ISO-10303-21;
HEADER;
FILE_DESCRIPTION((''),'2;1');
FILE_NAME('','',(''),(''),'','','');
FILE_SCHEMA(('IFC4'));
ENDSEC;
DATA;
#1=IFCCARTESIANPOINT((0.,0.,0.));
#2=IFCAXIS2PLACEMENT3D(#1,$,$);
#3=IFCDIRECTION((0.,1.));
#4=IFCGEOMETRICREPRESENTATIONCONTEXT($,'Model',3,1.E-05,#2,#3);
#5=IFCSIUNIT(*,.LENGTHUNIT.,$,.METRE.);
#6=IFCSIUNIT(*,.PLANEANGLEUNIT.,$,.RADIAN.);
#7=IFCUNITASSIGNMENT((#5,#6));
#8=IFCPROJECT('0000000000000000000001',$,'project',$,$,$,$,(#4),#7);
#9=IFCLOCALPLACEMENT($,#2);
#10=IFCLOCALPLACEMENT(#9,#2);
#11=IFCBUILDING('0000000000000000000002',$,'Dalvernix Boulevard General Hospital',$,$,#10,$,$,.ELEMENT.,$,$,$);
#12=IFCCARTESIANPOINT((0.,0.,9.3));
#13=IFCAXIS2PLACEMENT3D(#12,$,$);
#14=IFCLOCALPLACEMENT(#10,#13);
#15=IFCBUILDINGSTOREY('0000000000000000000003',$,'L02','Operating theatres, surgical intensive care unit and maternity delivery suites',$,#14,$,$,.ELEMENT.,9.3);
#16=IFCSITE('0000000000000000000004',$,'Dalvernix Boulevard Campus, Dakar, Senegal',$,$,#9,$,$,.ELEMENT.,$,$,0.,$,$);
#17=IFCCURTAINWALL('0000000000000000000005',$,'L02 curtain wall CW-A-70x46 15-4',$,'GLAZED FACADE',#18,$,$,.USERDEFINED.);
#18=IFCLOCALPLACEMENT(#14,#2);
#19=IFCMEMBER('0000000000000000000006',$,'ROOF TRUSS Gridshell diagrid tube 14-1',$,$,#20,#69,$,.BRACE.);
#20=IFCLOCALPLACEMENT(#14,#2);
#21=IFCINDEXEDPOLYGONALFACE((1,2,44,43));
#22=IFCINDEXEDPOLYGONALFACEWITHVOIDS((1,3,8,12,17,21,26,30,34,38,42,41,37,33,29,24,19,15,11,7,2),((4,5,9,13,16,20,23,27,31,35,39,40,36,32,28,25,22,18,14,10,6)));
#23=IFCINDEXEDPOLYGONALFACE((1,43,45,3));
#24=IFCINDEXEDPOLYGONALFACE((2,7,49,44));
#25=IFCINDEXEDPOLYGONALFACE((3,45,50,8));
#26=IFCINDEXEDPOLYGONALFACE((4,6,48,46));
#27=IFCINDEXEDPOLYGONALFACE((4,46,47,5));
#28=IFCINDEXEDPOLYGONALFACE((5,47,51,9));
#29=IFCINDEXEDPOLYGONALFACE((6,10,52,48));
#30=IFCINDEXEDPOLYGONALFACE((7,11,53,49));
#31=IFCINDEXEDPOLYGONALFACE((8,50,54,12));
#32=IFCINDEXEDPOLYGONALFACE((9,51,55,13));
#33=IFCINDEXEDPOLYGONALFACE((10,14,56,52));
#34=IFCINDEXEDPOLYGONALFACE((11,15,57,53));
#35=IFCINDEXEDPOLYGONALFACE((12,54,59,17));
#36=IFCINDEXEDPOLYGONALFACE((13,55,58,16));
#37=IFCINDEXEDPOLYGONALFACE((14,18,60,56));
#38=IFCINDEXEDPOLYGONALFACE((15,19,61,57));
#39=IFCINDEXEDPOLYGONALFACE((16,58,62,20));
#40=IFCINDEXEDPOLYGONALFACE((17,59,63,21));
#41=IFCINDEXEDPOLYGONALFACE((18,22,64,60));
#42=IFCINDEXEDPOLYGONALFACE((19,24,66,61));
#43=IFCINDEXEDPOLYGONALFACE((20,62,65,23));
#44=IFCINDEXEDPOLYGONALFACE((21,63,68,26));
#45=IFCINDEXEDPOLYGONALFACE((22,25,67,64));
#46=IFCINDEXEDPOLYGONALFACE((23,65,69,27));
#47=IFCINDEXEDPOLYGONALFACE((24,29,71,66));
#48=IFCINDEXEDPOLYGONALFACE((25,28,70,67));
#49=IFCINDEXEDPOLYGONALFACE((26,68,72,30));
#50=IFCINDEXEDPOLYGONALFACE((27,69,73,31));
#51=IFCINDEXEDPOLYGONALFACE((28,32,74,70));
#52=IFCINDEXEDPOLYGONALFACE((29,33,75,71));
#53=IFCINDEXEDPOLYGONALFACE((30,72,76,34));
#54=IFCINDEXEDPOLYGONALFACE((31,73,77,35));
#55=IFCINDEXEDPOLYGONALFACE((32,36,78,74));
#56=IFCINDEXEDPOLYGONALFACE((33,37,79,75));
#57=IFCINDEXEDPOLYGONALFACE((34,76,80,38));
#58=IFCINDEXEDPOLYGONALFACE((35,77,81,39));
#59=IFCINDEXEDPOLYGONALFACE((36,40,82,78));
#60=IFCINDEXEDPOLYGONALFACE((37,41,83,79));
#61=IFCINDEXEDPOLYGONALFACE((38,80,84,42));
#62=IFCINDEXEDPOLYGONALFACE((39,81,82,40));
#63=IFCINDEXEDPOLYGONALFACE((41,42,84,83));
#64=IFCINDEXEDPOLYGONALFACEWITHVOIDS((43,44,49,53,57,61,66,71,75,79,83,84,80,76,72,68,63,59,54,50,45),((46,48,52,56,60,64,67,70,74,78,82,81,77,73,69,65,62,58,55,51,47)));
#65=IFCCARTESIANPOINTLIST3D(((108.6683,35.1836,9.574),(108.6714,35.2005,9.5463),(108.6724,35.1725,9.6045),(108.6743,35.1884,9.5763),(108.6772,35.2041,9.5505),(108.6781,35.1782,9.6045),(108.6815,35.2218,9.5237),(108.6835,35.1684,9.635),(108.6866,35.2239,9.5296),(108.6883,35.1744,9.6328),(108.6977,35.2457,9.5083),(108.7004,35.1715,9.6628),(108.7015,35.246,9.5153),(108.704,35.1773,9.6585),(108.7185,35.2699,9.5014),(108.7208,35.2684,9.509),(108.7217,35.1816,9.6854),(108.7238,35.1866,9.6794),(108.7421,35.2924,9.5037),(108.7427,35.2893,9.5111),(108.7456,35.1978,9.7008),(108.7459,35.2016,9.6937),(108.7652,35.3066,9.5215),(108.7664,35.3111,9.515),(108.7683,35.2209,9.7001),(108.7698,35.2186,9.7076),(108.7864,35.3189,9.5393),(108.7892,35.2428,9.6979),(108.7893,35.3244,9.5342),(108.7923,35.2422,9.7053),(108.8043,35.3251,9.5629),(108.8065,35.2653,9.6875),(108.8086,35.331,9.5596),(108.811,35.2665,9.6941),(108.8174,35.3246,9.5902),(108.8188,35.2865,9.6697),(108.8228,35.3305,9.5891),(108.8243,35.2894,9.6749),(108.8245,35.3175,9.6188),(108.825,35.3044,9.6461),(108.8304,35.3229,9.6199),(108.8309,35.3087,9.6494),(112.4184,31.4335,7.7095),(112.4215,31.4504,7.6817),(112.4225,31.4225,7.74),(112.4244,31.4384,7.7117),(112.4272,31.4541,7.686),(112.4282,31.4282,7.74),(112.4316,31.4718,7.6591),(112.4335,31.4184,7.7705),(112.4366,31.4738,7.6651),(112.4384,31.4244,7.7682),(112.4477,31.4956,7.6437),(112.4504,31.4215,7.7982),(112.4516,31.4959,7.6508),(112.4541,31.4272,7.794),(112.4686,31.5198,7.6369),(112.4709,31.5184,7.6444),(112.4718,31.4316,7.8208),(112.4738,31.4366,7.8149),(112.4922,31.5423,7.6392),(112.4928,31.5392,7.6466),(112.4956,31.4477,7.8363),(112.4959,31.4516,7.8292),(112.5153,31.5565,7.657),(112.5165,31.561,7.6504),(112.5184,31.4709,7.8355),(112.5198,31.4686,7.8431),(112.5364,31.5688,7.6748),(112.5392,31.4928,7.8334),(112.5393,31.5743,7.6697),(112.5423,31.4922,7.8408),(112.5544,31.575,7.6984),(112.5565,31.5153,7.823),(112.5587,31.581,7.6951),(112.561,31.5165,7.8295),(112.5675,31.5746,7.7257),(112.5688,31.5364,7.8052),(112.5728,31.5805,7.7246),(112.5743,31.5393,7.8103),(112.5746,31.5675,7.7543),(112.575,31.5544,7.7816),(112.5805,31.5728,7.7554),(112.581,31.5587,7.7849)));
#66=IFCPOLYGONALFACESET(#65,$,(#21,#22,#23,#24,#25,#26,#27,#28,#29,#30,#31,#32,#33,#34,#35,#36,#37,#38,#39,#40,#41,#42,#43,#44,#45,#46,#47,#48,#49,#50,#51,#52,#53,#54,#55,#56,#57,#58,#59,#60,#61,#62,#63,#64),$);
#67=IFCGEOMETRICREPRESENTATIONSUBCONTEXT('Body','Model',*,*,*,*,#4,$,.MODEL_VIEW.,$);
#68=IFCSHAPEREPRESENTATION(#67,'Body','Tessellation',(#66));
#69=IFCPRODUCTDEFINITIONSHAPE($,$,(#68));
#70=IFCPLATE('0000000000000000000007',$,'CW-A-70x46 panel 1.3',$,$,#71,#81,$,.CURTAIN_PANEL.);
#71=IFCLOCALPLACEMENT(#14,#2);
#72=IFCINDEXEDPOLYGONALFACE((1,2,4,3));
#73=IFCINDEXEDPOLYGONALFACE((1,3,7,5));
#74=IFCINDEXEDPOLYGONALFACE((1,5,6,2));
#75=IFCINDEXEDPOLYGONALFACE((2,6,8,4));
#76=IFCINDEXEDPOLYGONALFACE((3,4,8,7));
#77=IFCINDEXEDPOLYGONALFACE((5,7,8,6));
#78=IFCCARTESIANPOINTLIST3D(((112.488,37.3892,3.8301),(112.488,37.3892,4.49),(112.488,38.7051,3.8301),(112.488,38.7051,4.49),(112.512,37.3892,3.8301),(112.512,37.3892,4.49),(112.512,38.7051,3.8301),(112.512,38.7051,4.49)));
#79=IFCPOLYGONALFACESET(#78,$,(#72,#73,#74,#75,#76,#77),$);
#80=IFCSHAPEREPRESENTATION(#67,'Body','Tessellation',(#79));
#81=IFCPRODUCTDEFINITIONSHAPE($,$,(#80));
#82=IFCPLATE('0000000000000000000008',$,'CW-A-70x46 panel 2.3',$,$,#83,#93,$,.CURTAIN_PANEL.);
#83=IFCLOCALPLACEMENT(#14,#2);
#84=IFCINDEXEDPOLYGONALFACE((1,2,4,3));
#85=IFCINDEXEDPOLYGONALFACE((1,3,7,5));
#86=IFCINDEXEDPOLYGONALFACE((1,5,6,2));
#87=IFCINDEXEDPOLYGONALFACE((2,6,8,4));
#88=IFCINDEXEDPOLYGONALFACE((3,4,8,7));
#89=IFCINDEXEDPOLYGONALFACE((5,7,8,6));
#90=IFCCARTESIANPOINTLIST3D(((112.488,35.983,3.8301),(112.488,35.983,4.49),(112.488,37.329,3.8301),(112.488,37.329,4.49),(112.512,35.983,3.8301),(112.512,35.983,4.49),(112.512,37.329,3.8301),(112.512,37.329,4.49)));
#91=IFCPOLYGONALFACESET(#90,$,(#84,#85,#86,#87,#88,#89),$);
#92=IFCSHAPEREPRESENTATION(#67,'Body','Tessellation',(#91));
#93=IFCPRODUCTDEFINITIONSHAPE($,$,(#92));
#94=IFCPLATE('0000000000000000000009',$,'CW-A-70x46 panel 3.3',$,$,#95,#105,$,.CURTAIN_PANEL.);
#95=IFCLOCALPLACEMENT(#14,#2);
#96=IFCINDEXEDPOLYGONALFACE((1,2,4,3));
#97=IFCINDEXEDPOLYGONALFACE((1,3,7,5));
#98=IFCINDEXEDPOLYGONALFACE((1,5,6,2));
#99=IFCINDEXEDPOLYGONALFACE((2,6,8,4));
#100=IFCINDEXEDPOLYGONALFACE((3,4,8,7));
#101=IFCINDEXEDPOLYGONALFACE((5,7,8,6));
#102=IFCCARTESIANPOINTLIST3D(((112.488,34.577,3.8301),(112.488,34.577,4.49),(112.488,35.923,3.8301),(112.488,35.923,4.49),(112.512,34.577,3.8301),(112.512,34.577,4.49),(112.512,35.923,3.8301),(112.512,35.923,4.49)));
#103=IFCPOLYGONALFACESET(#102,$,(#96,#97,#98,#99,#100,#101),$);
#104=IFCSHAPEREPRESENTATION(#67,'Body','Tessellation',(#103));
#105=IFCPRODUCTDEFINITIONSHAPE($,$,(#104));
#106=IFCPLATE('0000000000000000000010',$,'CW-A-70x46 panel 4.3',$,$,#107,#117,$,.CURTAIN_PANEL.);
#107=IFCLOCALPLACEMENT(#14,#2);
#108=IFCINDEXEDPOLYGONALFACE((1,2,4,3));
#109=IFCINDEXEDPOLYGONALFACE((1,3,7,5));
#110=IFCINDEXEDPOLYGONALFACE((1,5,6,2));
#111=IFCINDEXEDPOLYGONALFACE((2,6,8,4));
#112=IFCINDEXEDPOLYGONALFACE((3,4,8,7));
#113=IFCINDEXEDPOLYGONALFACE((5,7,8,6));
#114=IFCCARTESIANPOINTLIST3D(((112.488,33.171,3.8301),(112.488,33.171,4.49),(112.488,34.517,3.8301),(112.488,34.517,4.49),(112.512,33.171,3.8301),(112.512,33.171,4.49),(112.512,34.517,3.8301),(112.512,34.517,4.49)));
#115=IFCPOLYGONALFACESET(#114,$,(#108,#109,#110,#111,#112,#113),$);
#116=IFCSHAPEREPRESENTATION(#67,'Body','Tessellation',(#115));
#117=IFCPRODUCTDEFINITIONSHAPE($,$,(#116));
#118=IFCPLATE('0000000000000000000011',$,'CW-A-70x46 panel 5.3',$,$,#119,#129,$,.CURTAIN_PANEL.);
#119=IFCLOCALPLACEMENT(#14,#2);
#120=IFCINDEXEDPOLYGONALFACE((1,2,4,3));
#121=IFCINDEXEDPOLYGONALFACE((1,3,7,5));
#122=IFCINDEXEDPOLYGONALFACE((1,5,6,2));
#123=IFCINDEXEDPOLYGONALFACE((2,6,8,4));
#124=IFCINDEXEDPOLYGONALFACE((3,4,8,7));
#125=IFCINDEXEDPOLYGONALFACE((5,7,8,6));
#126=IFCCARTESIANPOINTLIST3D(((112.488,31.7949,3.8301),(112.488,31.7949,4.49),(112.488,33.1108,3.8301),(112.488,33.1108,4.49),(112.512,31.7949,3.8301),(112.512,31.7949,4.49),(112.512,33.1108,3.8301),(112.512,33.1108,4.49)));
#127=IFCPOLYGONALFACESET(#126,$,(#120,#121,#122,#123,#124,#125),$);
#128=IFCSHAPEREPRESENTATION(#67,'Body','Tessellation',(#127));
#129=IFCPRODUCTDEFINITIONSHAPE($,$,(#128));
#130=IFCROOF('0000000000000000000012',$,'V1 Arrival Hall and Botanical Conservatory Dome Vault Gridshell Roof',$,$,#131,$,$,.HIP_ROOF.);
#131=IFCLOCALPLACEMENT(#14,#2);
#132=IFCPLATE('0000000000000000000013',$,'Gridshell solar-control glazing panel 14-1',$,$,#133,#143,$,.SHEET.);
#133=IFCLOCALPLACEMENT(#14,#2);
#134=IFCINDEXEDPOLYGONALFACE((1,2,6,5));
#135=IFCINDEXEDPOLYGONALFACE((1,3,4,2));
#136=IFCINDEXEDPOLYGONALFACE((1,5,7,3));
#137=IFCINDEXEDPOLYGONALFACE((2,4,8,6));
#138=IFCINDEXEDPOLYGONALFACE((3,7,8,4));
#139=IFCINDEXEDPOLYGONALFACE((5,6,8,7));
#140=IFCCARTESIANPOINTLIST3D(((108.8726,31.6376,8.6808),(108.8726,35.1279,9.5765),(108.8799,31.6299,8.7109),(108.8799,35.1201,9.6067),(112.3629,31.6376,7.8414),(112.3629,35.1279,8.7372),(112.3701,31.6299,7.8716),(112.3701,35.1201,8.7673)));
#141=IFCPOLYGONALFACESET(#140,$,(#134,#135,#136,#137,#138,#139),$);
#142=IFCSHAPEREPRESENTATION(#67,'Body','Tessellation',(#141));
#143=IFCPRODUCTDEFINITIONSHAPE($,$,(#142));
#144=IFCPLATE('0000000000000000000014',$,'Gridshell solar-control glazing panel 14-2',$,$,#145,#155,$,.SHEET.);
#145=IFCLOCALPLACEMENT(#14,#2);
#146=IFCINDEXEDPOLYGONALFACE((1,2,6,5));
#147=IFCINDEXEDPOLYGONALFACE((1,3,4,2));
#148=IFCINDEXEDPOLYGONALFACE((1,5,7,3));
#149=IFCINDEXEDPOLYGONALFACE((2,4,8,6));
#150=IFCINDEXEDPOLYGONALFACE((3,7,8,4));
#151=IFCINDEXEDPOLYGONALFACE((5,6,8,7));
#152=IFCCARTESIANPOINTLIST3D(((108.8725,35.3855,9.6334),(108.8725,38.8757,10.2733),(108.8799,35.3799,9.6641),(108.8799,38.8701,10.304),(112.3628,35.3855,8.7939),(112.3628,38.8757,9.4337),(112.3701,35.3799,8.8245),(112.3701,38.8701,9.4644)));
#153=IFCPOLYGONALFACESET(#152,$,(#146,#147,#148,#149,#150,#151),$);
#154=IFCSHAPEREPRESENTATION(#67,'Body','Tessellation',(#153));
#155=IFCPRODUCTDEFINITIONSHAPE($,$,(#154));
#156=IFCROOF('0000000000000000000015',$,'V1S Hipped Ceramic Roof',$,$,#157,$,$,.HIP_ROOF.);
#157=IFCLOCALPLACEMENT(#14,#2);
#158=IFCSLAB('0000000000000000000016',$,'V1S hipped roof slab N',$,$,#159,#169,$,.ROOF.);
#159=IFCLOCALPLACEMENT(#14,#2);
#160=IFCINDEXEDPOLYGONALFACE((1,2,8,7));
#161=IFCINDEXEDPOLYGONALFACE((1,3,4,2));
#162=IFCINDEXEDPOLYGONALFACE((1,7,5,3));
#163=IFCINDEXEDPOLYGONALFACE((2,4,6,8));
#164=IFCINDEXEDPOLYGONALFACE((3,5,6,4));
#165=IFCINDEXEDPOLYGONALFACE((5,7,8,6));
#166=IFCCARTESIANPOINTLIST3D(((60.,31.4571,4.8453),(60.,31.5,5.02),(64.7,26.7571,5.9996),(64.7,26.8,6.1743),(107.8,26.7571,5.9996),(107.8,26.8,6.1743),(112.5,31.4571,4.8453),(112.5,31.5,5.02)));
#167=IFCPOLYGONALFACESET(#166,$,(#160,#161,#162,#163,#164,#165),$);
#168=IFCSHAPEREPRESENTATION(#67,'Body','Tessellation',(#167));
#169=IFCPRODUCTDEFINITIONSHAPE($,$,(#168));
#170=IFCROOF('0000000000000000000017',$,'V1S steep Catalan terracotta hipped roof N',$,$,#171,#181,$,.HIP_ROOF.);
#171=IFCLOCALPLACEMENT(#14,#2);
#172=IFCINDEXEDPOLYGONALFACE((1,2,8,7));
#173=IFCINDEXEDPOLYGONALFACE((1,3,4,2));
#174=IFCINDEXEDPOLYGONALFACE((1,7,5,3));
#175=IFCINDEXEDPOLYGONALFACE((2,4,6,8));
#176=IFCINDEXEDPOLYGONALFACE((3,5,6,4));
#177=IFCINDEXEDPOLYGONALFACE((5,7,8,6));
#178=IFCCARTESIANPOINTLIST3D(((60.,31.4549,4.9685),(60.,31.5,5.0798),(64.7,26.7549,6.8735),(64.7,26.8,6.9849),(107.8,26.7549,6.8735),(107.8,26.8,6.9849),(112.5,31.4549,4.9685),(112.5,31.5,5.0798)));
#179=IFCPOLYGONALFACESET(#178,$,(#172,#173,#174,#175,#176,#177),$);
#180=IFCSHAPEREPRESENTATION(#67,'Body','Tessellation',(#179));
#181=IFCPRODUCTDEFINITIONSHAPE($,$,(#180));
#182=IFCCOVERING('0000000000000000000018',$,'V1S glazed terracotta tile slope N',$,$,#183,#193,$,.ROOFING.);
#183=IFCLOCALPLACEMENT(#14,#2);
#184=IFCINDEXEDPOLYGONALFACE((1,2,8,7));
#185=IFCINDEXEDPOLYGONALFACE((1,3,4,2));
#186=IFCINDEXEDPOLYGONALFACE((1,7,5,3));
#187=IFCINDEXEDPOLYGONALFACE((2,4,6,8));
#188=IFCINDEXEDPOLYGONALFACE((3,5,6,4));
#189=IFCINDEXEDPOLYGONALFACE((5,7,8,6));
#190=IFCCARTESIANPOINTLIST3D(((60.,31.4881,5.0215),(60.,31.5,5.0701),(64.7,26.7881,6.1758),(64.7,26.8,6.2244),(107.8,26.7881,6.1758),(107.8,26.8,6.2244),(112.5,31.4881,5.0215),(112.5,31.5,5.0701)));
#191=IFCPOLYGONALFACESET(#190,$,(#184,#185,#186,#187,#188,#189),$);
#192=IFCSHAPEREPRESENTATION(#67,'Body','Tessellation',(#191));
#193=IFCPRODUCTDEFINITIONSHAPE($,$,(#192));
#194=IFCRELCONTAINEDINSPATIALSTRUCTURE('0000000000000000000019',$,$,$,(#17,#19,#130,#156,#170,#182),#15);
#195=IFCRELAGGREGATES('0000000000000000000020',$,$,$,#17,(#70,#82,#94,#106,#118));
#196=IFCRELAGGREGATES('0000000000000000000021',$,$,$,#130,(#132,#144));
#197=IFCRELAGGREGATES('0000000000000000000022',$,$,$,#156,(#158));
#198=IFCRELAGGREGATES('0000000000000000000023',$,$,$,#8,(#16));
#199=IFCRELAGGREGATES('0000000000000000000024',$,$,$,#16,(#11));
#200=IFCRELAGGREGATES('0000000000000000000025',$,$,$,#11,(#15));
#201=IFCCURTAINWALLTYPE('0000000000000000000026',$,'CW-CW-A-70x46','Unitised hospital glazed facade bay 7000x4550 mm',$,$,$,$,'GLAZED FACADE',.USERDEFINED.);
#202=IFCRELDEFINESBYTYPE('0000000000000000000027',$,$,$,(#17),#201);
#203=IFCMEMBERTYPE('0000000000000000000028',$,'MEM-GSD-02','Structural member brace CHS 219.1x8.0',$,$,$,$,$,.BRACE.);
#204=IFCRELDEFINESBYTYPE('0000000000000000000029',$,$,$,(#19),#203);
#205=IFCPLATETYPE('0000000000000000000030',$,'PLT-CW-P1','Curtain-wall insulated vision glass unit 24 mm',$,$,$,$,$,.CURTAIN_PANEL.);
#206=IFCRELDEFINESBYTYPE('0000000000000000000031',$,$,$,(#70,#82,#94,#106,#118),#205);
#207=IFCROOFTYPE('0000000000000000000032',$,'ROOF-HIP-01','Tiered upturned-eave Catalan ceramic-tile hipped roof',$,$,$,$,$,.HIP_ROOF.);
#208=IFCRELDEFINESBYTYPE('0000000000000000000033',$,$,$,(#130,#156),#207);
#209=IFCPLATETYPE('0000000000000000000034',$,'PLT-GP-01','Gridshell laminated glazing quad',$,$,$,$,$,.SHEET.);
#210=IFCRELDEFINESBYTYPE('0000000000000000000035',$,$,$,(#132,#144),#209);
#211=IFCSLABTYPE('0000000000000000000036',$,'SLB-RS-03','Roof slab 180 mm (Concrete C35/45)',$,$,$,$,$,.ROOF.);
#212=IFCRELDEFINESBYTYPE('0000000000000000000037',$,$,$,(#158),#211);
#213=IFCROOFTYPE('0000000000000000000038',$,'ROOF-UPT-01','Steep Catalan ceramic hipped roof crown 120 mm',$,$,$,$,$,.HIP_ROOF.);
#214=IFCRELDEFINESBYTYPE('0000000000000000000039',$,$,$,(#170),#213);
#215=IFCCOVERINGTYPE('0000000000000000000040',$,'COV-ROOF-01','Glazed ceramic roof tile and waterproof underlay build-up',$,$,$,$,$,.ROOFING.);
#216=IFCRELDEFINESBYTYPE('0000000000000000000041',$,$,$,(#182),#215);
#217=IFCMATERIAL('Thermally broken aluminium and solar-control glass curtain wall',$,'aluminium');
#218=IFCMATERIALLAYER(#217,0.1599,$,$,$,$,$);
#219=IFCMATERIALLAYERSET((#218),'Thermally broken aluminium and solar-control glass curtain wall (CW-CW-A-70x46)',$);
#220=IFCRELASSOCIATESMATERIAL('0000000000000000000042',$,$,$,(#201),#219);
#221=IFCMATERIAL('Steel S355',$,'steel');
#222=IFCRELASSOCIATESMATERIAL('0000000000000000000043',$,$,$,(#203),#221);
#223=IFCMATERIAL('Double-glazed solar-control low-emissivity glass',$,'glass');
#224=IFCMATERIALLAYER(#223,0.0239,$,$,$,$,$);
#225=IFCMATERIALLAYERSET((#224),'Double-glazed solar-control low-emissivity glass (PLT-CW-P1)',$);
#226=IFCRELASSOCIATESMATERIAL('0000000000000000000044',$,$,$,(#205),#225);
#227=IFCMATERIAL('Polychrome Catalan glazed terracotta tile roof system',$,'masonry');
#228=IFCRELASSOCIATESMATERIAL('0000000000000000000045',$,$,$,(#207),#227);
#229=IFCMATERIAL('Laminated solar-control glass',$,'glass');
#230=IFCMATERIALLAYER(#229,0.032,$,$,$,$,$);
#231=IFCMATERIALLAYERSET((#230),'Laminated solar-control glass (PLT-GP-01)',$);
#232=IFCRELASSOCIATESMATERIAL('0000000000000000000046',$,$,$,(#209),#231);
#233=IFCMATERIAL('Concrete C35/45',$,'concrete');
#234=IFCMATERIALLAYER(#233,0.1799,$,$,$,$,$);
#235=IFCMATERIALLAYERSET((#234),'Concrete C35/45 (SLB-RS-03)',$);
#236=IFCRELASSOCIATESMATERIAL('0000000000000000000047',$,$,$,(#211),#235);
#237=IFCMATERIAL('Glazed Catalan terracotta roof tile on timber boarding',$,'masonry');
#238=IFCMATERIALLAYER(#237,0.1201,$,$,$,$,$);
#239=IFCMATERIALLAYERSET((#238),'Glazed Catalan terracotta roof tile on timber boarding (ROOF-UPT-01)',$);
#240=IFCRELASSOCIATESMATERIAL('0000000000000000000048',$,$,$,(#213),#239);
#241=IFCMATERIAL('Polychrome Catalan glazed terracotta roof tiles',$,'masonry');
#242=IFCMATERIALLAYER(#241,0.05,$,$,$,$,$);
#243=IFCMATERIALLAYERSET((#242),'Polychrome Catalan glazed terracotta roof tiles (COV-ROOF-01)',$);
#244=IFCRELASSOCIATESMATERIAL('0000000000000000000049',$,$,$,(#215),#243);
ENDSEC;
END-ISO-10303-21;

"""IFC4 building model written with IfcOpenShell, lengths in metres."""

from ifc_helpers import new_model, si_unit, direction, frame, origin, origin_2d, place, context, subcontext, project, spatial, polyline, rectangle, hollow_circle, outline, extrude, material, layer, layer_set, material_profile, profile_set, type_object, element, aggregate, save


model = new_model("IFC4")

# Units and contexts
model_context = context("Model", 3, precision=1e-05, world=origin(), true_north=direction((0.0, 1.0)))
body_context = subcontext(model_context, "Body", "Model", "MODEL_VIEW")
ifc_project = project(units=[si_unit("LENGTHUNIT", "METRE"), si_unit("PLANEANGLEUNIT", "RADIAN")], contexts=[model_context])

# Site, building, storey
site_placement = place(None, origin())
site = spatial("IfcSite", under=ifc_project, at=site_placement, Name="Dalvernix Boulevard Campus, Dakar, Senegal", CompositionType="ELEMENT", RefElevation=0.0)
building_placement = place(site_placement, origin())
building = spatial("IfcBuilding", under=site, at=building_placement, Name="Dalvernix Boulevard General Hospital", CompositionType="ELEMENT")
storey_placement = place(building_placement, frame((0.0, 0.0, 9.3)))
storey = spatial("IfcBuildingStorey", under=building, at=storey_placement, Name="L02", Description="Operating theatres, surgical intensive care unit and maternity delivery suites", CompositionType="ELEMENT", Elevation=9.3)

# Shared definitions
ifc_material_1 = material(Name="Steel S355", Category="steel")

# Curtain wall
ifc_material_2 = material(Name="Thermally broken aluminium and solar-control glass curtain wall", Category="aluminium")
ifc_layer_1 = layer(ifc_material_2, 0.1599)
ifc_layer_set_1 = layer_set([ifc_layer_1], Name="Thermally broken aluminium and solar-control glass curtain wall (CW-CW-A-70x46)")
curtain_wall_type = type_object("IfcCurtainWallType", Name="CW-CW-A-70x46", Description="Unitised hospital glazed facade bay 7000x4550 mm", ElementType="GLAZED FACADE", PredefinedType="USERDEFINED", material=ifc_layer_set_1)
curtain_wall_placement = place(storey_placement, origin())
curtain_wall = element("IfcCurtainWall", 1, at=curtain_wall_placement, inside=storey, type_object=curtain_wall_type, Name="L02 curtain wall CW-A-70x46 15-4", ObjectType="GLAZED FACADE", PredefinedType="USERDEFINED")

# Member
ifc_material_profile_1 = material_profile(ifc_material_1, hollow_circle(Radius=0.1096, WallThickness=0.0081, at=origin_2d()), Name="CHS 219.1x8.0")
ifc_profile_set_1 = profile_set([ifc_material_profile_1], Name="Steel S355")
member_type_1 = type_object("IfcMemberType", Name="MEM-GSD-02", Description="Structural member brace CHS 219.1x8.0", PredefinedType="BRACE", material=ifc_profile_set_1)
member_1_placement = place(storey_placement, frame((112.5, 31.5, 7.74), z_axis=(-0.667081, 0.667081, 0.331673), x_axis=(-0.707107, -0.707107, 0.0)))
element("IfcMember", 2, at=member_1_placement, inside=storey, type_object=member_type_1, Name="ROOF TRUSS Gridshell diagrid tube 14-1", PredefinedType="BRACE", context=body_context, shape_type="SweptSolid", body=[
    extrude(hollow_circle(Radius=0.1096, WallThickness=0.0081, at=origin_2d()), origin(), (0.0, 0.0, 1.0), 5.6216),
])

# Plates
ifc_material_3 = material(Name="Double-glazed solar-control low-emissivity glass", Category="glass")
ifc_layer_2 = layer(ifc_material_3, 0.0239)
ifc_layer_set_2 = layer_set([ifc_layer_2], Name="Double-glazed solar-control low-emissivity glass (PLT-CW-P1)")
plate_type_1 = type_object("IfcPlateType", Name="PLT-CW-P1", Description="Curtain-wall insulated vision glass unit 24 mm", PredefinedType="CURTAIN_PANEL", material=ifc_layer_set_2)
plate_1_placement = place(storey_placement, frame((112.5, 38.0471, 3.8301), z_axis=(0.0, 0.0, 1.0), x_axis=(0.0, -1.0, 0.0)))
plate_1 = element("IfcPlate", 3, at=plate_1_placement, type_object=plate_type_1, Name="CW-A-70x46 panel 1.3", PredefinedType="CURTAIN_PANEL", context=body_context, shape_type="SweptSolid", body=[
    extrude(rectangle(XDim=1.3159, YDim=0.0239, at=origin_2d()), origin(), (0.0, 0.0, 1.0), 0.6599),
])
plate_2_placement = place(storey_placement, frame((112.5, 36.656, 3.8301), z_axis=(0.0, 0.0, 1.0), x_axis=(0.0, -1.0, 0.0)))
plate_2 = element("IfcPlate", 4, at=plate_2_placement, type_object=plate_type_1, Name="CW-A-70x46 panel 2.3", PredefinedType="CURTAIN_PANEL", context=body_context, shape_type="SweptSolid", body=[
    extrude(rectangle(XDim=1.3459, YDim=0.0239, at=origin_2d()), origin(), (0.0, 0.0, 1.0), 0.6599),
])
plate_3_placement = place(storey_placement, frame((112.5, 35.25, 3.8301), z_axis=(0.0, 0.0, 1.0), x_axis=(0.0, -1.0, 0.0)))
plate_3 = element("IfcPlate", 5, at=plate_3_placement, type_object=plate_type_1, Name="CW-A-70x46 panel 3.3", PredefinedType="CURTAIN_PANEL", context=body_context, shape_type="SweptSolid", body=[
    extrude(rectangle(XDim=1.3459, YDim=0.0239, at=origin_2d()), origin(), (0.0, 0.0, 1.0), 0.6599),
])
plate_4_placement = place(storey_placement, frame((112.5, 33.844, 3.8301), z_axis=(0.0, 0.0, 1.0), x_axis=(0.0, -1.0, 0.0)))
plate_4 = element("IfcPlate", 6, at=plate_4_placement, type_object=plate_type_1, Name="CW-A-70x46 panel 4.3", PredefinedType="CURTAIN_PANEL", context=body_context, shape_type="SweptSolid", body=[
    extrude(rectangle(XDim=1.3459, YDim=0.0239, at=origin_2d()), origin(), (0.0, 0.0, 1.0), 0.6599),
])
plate_5_placement = place(storey_placement, frame((112.5, 32.4529, 3.8301), z_axis=(0.0, 0.0, 1.0), x_axis=(0.0, -1.0, 0.0)))
plate_5 = element("IfcPlate", 7, at=plate_5_placement, type_object=plate_type_1, Name="CW-A-70x46 panel 5.3", PredefinedType="CURTAIN_PANEL", context=body_context, shape_type="SweptSolid", body=[
    extrude(rectangle(XDim=1.3159, YDim=0.0239, at=origin_2d()), origin(), (0.0, 0.0, 1.0), 0.6599),
])
aggregate(curtain_wall, [plate_1, plate_2, plate_3, plate_4, plate_5])

# Roof, plates
ifc_material_4 = material(Name="Polychrome Catalan glazed terracotta tile roof system", Category="masonry")
roof_type_1 = type_object("IfcRoofType", Name="ROOF-HIP-01", Description="Tiered upturned-eave Catalan ceramic-tile hipped roof", PredefinedType="HIP_ROOF", material=ifc_material_4)
roof_1_placement = place(storey_placement, origin())
roof_1 = element("IfcRoof", 8, at=roof_1_placement, inside=storey, type_object=roof_type_1, Name="V1 Arrival Hall and Botanical Conservatory Dome Vault Gridshell Roof", PredefinedType="HIP_ROOF")
ifc_material_5 = material(Name="Laminated solar-control glass", Category="glass")
ifc_layer_3 = layer(ifc_material_5, 0.032)
ifc_layer_set_3 = layer_set([ifc_layer_3], Name="Laminated solar-control glass (PLT-GP-01)")
plate_type_2 = type_object("IfcPlateType", Name="PLT-GP-01", Description="Gridshell laminated glazing quad", PredefinedType="SHEET", material=ifc_layer_set_3)
plate_6_placement = place(storey_placement, frame((108.8799, 31.6299, 8.7109), z_axis=(0.226864, -0.242107, 0.943354), x_axis=(0.97228, 0.0, -0.233821)))
plate_6 = element("IfcPlate", 9, at=plate_6_placement, type_object=plate_type_2, Name="Gridshell solar-control glazing panel 14-1", PredefinedType="SHEET", context=body_context, shape_type="SweptSolid", body=[
    extrude(outline(polyline([(0.0, 0.0), (3.5897, 0.0), (3.3803, 3.5973), (-0.2094, 3.5973), (0.0, 0.0)])), origin(), (0.0, 0.0, -1.0), 0.032),
])
plate_7_placement = place(storey_placement, frame((108.8799, 35.3799, 9.6641), z_axis=(0.230255, -0.175487, 0.957177), x_axis=(0.972264, 0.0, -0.233885)))
plate_7 = element("IfcPlate", 10, at=plate_7_placement, type_object=plate_type_2, Name="Gridshell solar-control glazing panel 14-2", PredefinedType="SHEET", context=body_context, shape_type="SweptSolid", body=[
    extrude(outline(polyline([(0.0, 0.0), (3.5898, 0.0), (3.4401, 3.5453), (-0.1497, 3.5453), (0.0, 0.0)])), origin(), (0.0, 0.0, -1.0), 0.032),
])
aggregate(roof_1, [plate_6, plate_7])

# Roof, slab
roof_2_placement = place(storey_placement, origin())
roof_2 = element("IfcRoof", 11, at=roof_2_placement, inside=storey, type_object=roof_type_1, Name="V1S Hipped Ceramic Roof", PredefinedType="HIP_ROOF")
ifc_material_6 = material(Name="Concrete C35/45", Category="concrete")
ifc_layer_4 = layer(ifc_material_6, 0.1799)
ifc_layer_set_4 = layer_set([ifc_layer_4], Name="Concrete C35/45 (SLB-RS-03)")
slab_type = type_object("IfcSlabType", Name="SLB-RS-03", Description="Roof slab 180 mm (Concrete C35/45)", PredefinedType="ROOF", material=ifc_layer_set_4)
slab_placement = place(storey_placement, frame((112.5, 31.5, 5.02), z_axis=(0.0, 0.23851, 0.97114), x_axis=(-1.0, 0.0, 0.0)))
slab = element("IfcSlab", 12, at=slab_placement, type_object=slab_type, Name="V1S hipped roof slab N", PredefinedType="ROOF", context=body_context, shape_type="SweptSolid", body=[
    extrude(outline(polyline([(0.0, 0.0), (52.5, 0.0), (47.8, 4.8396), (4.7, 4.8396), (0.0, 0.0)])), origin(), (0.0, 0.0, -1.0), 0.1799),
])
aggregate(roof_2, [slab])

# Roof
ifc_material_7 = material(Name="Glazed Catalan terracotta roof tile on timber boarding", Category="masonry")
ifc_layer_5 = layer(ifc_material_7, 0.1201)
ifc_layer_set_5 = layer_set([ifc_layer_5], Name="Glazed Catalan terracotta roof tile on timber boarding (ROOF-UPT-01)")
roof_type_2 = type_object("IfcRoofType", Name="ROOF-UPT-01", Description="Steep Catalan ceramic hipped roof crown 120 mm", PredefinedType="HIP_ROOF", material=ifc_layer_set_5)
roof_3_placement = place(storey_placement, frame((112.5, 31.5, 5.0798), z_axis=(0.0, 0.375645, 0.926764), x_axis=(-1.0, 0.0, 0.0)))
element("IfcRoof", 13, at=roof_3_placement, inside=storey, type_object=roof_type_2, Name="V1S steep Catalan terracotta hipped roof N", PredefinedType="HIP_ROOF", context=body_context, shape_type="SweptSolid", body=[
    extrude(outline(polyline([(0.0, 0.0), (52.5, 0.0), (47.8, 5.0714), (4.7, 5.0714), (0.0, 0.0)])), origin(), (0.0, 0.0, -1.0), 0.1201),
])

# Covering
ifc_material_8 = material(Name="Polychrome Catalan glazed terracotta roof tiles", Category="masonry")
ifc_layer_6 = layer(ifc_material_8, 0.05)
ifc_layer_set_6 = layer_set([ifc_layer_6], Name="Polychrome Catalan glazed terracotta roof tiles (COV-ROOF-01)")
covering_type = type_object("IfcCoveringType", Name="COV-ROOF-01", Description="Glazed ceramic roof tile and waterproof underlay build-up", PredefinedType="ROOFING", material=ifc_layer_set_6)
covering_placement = place(storey_placement, frame((112.5, 31.5, 5.0701), z_axis=(0.0, 0.23851, 0.97114), x_axis=(-1.0, 0.0, 0.0)))
element("IfcCovering", 14, at=covering_placement, inside=storey, type_object=covering_type, Name="V1S glazed terracotta tile slope N", PredefinedType="ROOFING", context=body_context, shape_type="SweptSolid", body=[
    extrude(outline(polyline([(0.0, 0.0), (52.5, 0.0), (47.8, 4.8396), (4.7, 4.8396), (0.0, 0.0)])), origin(), (0.0, 0.0, -1.0), 0.05),
])

save(model, "model.ifc")
